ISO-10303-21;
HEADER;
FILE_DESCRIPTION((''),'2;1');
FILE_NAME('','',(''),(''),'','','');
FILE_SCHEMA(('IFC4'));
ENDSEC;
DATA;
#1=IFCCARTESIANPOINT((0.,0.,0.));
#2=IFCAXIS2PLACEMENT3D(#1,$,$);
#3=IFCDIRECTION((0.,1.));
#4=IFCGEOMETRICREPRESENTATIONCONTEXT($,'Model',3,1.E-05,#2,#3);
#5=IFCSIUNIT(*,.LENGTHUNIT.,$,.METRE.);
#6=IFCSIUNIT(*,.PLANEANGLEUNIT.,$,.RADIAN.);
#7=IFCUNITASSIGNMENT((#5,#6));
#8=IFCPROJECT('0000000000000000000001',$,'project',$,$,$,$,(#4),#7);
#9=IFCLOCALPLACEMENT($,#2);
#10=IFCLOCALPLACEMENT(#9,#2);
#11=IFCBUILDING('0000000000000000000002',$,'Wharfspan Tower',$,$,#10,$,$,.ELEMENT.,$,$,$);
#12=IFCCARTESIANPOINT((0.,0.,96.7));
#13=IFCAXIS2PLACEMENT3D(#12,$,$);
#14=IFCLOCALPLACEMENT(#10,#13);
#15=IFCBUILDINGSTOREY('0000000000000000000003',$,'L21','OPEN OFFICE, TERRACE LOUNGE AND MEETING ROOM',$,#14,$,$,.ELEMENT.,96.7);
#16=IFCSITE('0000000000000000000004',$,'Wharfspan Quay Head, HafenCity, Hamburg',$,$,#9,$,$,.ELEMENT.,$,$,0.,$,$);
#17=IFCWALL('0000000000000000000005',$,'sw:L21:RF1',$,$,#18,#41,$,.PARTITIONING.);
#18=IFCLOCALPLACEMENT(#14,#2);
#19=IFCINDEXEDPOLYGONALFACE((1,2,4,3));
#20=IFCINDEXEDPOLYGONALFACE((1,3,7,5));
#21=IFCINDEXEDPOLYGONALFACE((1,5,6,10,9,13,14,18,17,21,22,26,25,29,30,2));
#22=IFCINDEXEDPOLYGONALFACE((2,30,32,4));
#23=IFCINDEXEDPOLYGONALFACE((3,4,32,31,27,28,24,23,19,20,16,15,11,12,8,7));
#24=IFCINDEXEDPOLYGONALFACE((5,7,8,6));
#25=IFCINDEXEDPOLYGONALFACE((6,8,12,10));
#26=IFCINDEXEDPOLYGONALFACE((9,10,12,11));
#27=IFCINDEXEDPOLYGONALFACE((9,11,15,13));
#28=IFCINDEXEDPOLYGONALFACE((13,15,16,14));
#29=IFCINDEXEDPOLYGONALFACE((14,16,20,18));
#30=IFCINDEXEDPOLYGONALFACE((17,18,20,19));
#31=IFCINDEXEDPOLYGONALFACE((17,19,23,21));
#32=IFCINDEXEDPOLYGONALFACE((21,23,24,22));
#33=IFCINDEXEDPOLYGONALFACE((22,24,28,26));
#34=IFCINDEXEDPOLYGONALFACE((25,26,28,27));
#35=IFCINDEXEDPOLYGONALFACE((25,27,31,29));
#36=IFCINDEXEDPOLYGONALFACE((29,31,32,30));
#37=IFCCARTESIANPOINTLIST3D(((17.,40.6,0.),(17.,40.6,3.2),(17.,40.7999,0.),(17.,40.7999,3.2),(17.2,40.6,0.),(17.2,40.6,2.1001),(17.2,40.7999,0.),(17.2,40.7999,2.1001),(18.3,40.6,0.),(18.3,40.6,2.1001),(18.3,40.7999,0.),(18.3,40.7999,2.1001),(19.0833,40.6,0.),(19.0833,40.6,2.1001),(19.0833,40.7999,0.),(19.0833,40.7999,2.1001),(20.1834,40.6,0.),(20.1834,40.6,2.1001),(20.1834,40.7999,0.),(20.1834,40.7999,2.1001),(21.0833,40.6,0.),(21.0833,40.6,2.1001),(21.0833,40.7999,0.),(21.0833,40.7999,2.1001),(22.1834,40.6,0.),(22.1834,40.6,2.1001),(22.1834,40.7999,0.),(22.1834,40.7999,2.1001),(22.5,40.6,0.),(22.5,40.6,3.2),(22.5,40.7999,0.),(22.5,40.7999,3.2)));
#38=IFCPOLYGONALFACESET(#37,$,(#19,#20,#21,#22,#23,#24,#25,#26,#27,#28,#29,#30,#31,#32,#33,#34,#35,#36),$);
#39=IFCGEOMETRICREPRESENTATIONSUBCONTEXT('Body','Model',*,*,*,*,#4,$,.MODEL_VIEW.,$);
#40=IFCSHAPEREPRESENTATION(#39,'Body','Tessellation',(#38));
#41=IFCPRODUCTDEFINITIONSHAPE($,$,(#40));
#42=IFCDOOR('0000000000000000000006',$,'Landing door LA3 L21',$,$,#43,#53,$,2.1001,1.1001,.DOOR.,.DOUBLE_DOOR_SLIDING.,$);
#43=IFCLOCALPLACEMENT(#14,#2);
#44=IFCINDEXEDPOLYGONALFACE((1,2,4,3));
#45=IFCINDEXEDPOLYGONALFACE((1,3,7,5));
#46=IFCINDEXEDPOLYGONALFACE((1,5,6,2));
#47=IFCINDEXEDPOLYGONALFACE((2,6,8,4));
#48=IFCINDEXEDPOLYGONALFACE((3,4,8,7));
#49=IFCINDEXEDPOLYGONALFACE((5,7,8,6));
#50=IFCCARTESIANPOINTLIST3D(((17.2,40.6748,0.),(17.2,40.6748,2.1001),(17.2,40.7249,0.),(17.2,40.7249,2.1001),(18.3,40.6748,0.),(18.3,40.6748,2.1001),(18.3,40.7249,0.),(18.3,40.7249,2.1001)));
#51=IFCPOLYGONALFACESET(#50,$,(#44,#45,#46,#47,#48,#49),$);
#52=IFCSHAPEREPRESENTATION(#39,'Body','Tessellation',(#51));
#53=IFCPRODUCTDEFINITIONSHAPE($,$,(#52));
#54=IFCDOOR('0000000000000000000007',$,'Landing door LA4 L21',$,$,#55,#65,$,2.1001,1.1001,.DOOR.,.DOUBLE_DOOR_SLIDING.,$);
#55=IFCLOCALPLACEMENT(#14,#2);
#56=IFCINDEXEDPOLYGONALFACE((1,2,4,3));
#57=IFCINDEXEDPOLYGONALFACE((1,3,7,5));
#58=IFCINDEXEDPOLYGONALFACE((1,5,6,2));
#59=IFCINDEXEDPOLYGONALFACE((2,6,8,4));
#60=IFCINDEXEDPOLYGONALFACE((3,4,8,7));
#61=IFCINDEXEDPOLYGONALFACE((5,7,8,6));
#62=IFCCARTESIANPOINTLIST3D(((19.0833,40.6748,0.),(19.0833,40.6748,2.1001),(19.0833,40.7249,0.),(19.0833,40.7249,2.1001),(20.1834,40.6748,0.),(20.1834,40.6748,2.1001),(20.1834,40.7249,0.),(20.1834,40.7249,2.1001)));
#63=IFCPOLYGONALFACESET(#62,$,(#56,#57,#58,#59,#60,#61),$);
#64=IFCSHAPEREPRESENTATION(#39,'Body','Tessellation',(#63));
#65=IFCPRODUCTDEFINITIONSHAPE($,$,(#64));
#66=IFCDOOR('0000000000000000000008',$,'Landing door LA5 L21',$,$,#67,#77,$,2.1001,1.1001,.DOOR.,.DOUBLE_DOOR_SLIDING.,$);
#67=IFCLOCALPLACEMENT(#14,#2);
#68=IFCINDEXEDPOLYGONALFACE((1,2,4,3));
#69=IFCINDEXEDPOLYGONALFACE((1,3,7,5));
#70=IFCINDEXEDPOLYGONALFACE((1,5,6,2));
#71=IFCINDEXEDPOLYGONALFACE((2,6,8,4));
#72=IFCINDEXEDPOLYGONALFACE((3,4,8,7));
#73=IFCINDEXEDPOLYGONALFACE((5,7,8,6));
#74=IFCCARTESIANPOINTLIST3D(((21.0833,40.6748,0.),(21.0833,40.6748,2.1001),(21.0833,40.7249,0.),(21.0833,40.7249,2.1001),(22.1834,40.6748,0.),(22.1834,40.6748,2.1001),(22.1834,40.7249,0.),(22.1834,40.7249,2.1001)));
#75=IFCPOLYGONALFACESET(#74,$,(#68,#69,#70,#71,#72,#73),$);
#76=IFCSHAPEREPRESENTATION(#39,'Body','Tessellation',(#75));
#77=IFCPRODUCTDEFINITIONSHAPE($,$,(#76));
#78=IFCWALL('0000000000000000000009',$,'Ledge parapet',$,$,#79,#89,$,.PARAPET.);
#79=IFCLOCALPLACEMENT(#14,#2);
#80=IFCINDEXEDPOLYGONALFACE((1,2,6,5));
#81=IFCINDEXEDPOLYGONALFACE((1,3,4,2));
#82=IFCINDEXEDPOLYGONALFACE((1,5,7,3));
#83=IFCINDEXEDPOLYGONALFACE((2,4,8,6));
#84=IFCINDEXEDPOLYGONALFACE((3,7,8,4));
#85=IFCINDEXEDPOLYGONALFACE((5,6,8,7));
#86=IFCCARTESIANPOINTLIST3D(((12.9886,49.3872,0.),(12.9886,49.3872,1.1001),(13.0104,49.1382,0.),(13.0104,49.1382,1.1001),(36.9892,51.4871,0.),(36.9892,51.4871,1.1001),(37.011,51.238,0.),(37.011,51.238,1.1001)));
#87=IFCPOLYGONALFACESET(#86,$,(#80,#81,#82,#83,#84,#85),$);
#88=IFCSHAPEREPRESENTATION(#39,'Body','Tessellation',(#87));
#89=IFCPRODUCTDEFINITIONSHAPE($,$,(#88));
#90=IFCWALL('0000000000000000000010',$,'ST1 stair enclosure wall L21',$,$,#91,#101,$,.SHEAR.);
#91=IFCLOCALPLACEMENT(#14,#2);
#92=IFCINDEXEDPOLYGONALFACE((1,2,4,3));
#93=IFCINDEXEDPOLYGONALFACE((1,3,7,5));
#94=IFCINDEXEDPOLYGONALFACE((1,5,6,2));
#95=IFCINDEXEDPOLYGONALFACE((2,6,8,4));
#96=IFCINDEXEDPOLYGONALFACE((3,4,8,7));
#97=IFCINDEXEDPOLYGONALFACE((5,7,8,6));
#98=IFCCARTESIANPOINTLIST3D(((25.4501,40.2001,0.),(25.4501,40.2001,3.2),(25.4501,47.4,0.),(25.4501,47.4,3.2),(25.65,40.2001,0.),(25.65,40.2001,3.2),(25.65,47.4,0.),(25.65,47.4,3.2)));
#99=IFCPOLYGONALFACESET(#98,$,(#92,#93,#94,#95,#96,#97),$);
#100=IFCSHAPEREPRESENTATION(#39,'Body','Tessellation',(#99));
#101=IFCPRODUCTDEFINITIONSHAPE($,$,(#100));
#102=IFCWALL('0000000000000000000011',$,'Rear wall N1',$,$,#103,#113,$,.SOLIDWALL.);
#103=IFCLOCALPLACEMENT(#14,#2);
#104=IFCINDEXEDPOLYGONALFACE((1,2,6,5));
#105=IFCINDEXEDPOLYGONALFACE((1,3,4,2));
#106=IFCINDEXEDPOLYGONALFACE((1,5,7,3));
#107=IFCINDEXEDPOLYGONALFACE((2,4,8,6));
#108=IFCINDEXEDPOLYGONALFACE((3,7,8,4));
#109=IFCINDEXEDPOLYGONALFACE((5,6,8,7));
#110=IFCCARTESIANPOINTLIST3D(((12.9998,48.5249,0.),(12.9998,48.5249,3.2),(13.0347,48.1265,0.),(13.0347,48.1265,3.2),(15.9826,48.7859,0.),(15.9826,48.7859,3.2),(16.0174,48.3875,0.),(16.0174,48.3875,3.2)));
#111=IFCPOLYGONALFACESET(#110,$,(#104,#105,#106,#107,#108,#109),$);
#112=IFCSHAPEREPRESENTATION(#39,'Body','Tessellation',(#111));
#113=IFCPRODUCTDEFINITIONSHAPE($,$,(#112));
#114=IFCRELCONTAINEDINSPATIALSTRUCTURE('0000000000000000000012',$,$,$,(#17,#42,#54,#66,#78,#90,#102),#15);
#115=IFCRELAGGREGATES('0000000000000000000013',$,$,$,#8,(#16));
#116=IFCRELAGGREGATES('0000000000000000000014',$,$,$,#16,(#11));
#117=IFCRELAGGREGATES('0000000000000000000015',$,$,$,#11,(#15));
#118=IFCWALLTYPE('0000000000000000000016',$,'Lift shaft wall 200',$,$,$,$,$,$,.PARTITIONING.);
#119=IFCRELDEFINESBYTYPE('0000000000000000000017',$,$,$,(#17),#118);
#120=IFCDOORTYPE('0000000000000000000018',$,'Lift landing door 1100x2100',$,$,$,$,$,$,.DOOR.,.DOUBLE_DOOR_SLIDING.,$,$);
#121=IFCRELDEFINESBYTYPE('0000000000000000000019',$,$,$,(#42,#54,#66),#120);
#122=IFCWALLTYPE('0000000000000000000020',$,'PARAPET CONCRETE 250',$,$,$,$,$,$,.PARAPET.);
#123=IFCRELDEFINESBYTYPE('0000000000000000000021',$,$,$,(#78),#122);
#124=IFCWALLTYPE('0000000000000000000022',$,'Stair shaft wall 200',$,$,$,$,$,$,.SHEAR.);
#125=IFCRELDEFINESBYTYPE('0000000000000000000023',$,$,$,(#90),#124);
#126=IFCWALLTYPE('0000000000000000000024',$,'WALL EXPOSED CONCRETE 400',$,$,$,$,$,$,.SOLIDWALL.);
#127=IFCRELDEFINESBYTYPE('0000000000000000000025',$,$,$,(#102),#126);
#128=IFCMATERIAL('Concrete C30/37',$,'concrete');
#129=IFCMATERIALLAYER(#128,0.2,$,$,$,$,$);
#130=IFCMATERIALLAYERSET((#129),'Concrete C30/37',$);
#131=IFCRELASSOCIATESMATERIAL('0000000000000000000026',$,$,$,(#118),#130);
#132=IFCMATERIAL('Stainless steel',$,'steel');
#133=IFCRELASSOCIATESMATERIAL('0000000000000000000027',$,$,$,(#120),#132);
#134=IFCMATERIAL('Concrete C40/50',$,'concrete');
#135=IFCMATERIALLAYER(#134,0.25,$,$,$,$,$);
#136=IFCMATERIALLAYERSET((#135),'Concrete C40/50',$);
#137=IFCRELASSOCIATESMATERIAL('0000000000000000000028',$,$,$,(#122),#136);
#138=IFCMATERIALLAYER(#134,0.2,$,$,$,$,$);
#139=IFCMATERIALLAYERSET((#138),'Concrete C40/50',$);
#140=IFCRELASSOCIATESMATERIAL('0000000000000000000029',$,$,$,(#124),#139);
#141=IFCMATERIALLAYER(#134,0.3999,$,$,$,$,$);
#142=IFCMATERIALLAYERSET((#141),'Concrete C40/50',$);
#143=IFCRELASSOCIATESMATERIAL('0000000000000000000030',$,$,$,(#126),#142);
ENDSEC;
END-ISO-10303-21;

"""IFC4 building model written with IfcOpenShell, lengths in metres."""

from ifc_helpers import new_model, si_unit, direction, frame, frame_2d, origin, place, context, subcontext, project, spatial, rectangle, extrude, material, layer, layer_set, type_object, element, fill, save


model = new_model("IFC4")

# Units and contexts
model_context = context("Model", 3, precision=1e-05, world=origin(), true_north=direction((0.0, 1.0)))
body_context = subcontext(model_context, "Body", "Model", "MODEL_VIEW")
ifc_project = project(units=[si_unit("LENGTHUNIT", "METRE"), si_unit("PLANEANGLEUNIT", "RADIAN")], contexts=[model_context])

# Site, building, storey
site_placement = place(None, origin())
site = spatial("IfcSite", under=ifc_project, at=site_placement, Name="Wharfspan Quay Head, HafenCity, Hamburg", CompositionType="ELEMENT", RefElevation=0.0)
building_placement = place(site_placement, origin())
building = spatial("IfcBuilding", under=site, at=building_placement, Name="Wharfspan Tower", CompositionType="ELEMENT")
storey_placement = place(building_placement, frame((0.0, 0.0, 96.7)))
storey = spatial("IfcBuildingStorey", under=building, at=storey_placement, Name="L21", Description="OPEN OFFICE, TERRACE LOUNGE AND MEETING ROOM", CompositionType="ELEMENT", Elevation=96.7)

# Wall, openings, doors
ifc_material_1 = material(Name="Concrete C30/37", Category="concrete")
ifc_layer_1 = layer(ifc_material_1, 0.2)
ifc_layer_set_1 = layer_set([ifc_layer_1], Name="Concrete C30/37")
wall_type_1 = type_object("IfcWallType", Name="Lift shaft wall 200", PredefinedType="PARTITIONING", material=ifc_layer_set_1)
wall_1_placement = place(storey_placement, frame((17.0, 40.7, 0.0), z_axis=(0.0, 0.0, 1.0), x_axis=(1.0, 0.0, 0.0)))
wall_1 = element("IfcWall", 1, at=wall_1_placement, inside=storey, type_object=wall_type_1, Name="sw:L21:RF1", PredefinedType="PARTITIONING", context=body_context, shape_type="SweptSolid", body=[
    extrude(rectangle(XDim=5.5, YDim=0.2, at=frame_2d((2.75, 0.0))), origin(), (0.0, 0.0, 1.0), 3.2),
])
opening_1_placement = place(wall_1_placement, frame((0.2, 0.0, 0.0)))
opening_1 = element("IfcOpeningElement", 2, at=opening_1_placement, cuts=wall_1, PredefinedType="OPENING", context=body_context, shape_type="SweptSolid", body=[
    extrude(rectangle(XDim=1.1001, YDim=2.1001, at=frame_2d((0.55, 1.05))), frame((0.0, 0.1099, 0.0), z_axis=(0.0, -1.0, 0.0), x_axis=(1.0, 0.0, 0.0)), (0.0, 0.0, 1.0), 0.22),
])
opening_2_placement = place(wall_1_placement, frame((2.0833, 0.0, 0.0)))
opening_2 = element("IfcOpeningElement", 3, at=opening_2_placement, cuts=wall_1, PredefinedType="OPENING", context=body_context, shape_type="SweptSolid", body=[
    extrude(rectangle(XDim=1.1001, YDim=2.1001, at=frame_2d((0.55, 1.05))), frame((0.0, 0.1099, 0.0), z_axis=(0.0, -1.0, 0.0), x_axis=(1.0, 0.0, 0.0)), (0.0, 0.0, 1.0), 0.22),
])
opening_3_placement = place(wall_1_placement, frame((4.0833, 0.0, 0.0)))
opening_3 = element("IfcOpeningElement", 4, at=opening_3_placement, cuts=wall_1, PredefinedType="OPENING", context=body_context, shape_type="SweptSolid", body=[
    extrude(rectangle(XDim=1.1001, YDim=2.1001, at=frame_2d((0.55, 1.05))), frame((0.0, 0.1099, 0.0), z_axis=(0.0, -1.0, 0.0), x_axis=(1.0, 0.0, 0.0)), (0.0, 0.0, 1.0), 0.22),
])
ifc_material_2 = material(Name="Stainless steel", Category="steel")
door_type = type_object("IfcDoorType", Name="Lift landing door 1100x2100", OperationType="DOUBLE_DOOR_SLIDING", PredefinedType="DOOR", material=ifc_material_2)
door_1_placement = place(opening_1_placement, origin())
door_1 = element("IfcDoor", 5, at=door_1_placement, inside=storey, type_object=door_type, Name="Landing door LA3 L21", OperationType="DOUBLE_DOOR_SLIDING", OverallHeight=2.1001, OverallWidth=1.1001, PredefinedType="DOOR", context=body_context, shape_type="SweptSolid", body=[
    extrude(rectangle(XDim=1.1001, YDim=2.1001, at=frame_2d((0.55, 1.05))), frame((0.0, 0.0249, 0.0), z_axis=(0.0, -1.0, 0.0), x_axis=(1.0, 0.0, 0.0)), (0.0, 0.0, 1.0), 0.05),
])
fill(opening_1, door_1)
door_2_placement = place(opening_2_placement, origin())
door_2 = element("IfcDoor", 6, at=door_2_placement, inside=storey, type_object=door_type, Name="Landing door LA4 L21", OperationType="DOUBLE_DOOR_SLIDING", OverallHeight=2.1001, OverallWidth=1.1001, PredefinedType="DOOR", context=body_context, shape_type="SweptSolid", body=[
    extrude(rectangle(XDim=1.1001, YDim=2.1001, at=frame_2d((0.55, 1.05))), frame((0.0, 0.0249, 0.0), z_axis=(0.0, -1.0, 0.0), x_axis=(1.0, 0.0, 0.0)), (0.0, 0.0, 1.0), 0.05),
])
fill(opening_2, door_2)
door_3_placement = place(opening_3_placement, origin())
door_3 = element("IfcDoor", 7, at=door_3_placement, inside=storey, type_object=door_type, Name="Landing door LA5 L21", OperationType="DOUBLE_DOOR_SLIDING", OverallHeight=2.1001, OverallWidth=1.1001, PredefinedType="DOOR", context=body_context, shape_type="SweptSolid", body=[
    extrude(rectangle(XDim=1.1001, YDim=2.1001, at=frame_2d((0.55, 1.05))), frame((0.0, 0.0249, 0.0), z_axis=(0.0, -1.0, 0.0), x_axis=(1.0, 0.0, 0.0)), (0.0, 0.0, 1.0), 0.05),
])
fill(opening_3, door_3)

# Walls
ifc_material_3 = material(Name="Concrete C40/50", Category="concrete")
ifc_layer_2 = layer(ifc_material_3, 0.25)
ifc_layer_set_2 = layer_set([ifc_layer_2], Name="Concrete C40/50")
wall_type_2 = type_object("IfcWallType", Name="PARAPET CONCRETE 250", PredefinedType="PARAPET", material=ifc_layer_set_2)
wall_2_placement = place(storey_placement, frame((12.9995, 49.2627, 0.0), z_axis=(0.0, 0.0, 1.0), x_axis=(0.996193, 0.087159, 0.0)))
element("IfcWall", 8, at=wall_2_placement, inside=storey, type_object=wall_type_2, Name="Ledge parapet", PredefinedType="PARAPET", context=body_context, shape_type="SweptSolid", body=[
    extrude(rectangle(XDim=24.0923, YDim=0.25, at=frame_2d((12.0461, 0.0))), origin(), (0.0, 0.0, 1.0), 1.1001),
])
ifc_layer_3 = layer(ifc_material_3, 0.2)
ifc_layer_set_3 = layer_set([ifc_layer_3], Name="Concrete C40/50")
wall_type_3 = type_object("IfcWallType", Name="Stair shaft wall 200", PredefinedType="SHEAR", material=ifc_layer_set_3)
wall_3_placement = place(storey_placement, frame((25.55, 40.2, 0.0), z_axis=(0.0, 0.0, 1.0), x_axis=(0.0, 1.0, 0.0)))
element("IfcWall", 9, at=wall_3_placement, inside=storey, type_object=wall_type_3, Name="ST1 stair enclosure wall L21", PredefinedType="SHEAR", context=body_context, shape_type="SweptSolid", body=[
    extrude(rectangle(XDim=7.2, YDim=0.2, at=frame_2d((3.6001, 0.0))), origin(), (0.0, 0.0, 1.0), 3.2),
])
ifc_layer_4 = layer(ifc_material_3, 0.3999)
ifc_layer_set_4 = layer_set([ifc_layer_4], Name="Concrete C40/50")
wall_type_4 = type_object("IfcWallType", Name="WALL EXPOSED CONCRETE 400", PredefinedType="SOLIDWALL", material=ifc_layer_set_4)
wall_4_placement = place(storey_placement, frame((16.0, 48.5867, 0.0), z_axis=(0.0, 0.0, 1.0), x_axis=(-0.996194, -0.087168, 0.0)))
element("IfcWall", 10, at=wall_4_placement, inside=storey, type_object=wall_type_4, Name="Rear wall N1", PredefinedType="SOLIDWALL", context=body_context, shape_type="SweptSolid", body=[
    extrude(rectangle(XDim=2.9941, YDim=0.3999, at=frame_2d((1.4971, 0.0))), origin(), (0.0, 0.0, 1.0), 3.2),
])

save(model, "model.ifc")
